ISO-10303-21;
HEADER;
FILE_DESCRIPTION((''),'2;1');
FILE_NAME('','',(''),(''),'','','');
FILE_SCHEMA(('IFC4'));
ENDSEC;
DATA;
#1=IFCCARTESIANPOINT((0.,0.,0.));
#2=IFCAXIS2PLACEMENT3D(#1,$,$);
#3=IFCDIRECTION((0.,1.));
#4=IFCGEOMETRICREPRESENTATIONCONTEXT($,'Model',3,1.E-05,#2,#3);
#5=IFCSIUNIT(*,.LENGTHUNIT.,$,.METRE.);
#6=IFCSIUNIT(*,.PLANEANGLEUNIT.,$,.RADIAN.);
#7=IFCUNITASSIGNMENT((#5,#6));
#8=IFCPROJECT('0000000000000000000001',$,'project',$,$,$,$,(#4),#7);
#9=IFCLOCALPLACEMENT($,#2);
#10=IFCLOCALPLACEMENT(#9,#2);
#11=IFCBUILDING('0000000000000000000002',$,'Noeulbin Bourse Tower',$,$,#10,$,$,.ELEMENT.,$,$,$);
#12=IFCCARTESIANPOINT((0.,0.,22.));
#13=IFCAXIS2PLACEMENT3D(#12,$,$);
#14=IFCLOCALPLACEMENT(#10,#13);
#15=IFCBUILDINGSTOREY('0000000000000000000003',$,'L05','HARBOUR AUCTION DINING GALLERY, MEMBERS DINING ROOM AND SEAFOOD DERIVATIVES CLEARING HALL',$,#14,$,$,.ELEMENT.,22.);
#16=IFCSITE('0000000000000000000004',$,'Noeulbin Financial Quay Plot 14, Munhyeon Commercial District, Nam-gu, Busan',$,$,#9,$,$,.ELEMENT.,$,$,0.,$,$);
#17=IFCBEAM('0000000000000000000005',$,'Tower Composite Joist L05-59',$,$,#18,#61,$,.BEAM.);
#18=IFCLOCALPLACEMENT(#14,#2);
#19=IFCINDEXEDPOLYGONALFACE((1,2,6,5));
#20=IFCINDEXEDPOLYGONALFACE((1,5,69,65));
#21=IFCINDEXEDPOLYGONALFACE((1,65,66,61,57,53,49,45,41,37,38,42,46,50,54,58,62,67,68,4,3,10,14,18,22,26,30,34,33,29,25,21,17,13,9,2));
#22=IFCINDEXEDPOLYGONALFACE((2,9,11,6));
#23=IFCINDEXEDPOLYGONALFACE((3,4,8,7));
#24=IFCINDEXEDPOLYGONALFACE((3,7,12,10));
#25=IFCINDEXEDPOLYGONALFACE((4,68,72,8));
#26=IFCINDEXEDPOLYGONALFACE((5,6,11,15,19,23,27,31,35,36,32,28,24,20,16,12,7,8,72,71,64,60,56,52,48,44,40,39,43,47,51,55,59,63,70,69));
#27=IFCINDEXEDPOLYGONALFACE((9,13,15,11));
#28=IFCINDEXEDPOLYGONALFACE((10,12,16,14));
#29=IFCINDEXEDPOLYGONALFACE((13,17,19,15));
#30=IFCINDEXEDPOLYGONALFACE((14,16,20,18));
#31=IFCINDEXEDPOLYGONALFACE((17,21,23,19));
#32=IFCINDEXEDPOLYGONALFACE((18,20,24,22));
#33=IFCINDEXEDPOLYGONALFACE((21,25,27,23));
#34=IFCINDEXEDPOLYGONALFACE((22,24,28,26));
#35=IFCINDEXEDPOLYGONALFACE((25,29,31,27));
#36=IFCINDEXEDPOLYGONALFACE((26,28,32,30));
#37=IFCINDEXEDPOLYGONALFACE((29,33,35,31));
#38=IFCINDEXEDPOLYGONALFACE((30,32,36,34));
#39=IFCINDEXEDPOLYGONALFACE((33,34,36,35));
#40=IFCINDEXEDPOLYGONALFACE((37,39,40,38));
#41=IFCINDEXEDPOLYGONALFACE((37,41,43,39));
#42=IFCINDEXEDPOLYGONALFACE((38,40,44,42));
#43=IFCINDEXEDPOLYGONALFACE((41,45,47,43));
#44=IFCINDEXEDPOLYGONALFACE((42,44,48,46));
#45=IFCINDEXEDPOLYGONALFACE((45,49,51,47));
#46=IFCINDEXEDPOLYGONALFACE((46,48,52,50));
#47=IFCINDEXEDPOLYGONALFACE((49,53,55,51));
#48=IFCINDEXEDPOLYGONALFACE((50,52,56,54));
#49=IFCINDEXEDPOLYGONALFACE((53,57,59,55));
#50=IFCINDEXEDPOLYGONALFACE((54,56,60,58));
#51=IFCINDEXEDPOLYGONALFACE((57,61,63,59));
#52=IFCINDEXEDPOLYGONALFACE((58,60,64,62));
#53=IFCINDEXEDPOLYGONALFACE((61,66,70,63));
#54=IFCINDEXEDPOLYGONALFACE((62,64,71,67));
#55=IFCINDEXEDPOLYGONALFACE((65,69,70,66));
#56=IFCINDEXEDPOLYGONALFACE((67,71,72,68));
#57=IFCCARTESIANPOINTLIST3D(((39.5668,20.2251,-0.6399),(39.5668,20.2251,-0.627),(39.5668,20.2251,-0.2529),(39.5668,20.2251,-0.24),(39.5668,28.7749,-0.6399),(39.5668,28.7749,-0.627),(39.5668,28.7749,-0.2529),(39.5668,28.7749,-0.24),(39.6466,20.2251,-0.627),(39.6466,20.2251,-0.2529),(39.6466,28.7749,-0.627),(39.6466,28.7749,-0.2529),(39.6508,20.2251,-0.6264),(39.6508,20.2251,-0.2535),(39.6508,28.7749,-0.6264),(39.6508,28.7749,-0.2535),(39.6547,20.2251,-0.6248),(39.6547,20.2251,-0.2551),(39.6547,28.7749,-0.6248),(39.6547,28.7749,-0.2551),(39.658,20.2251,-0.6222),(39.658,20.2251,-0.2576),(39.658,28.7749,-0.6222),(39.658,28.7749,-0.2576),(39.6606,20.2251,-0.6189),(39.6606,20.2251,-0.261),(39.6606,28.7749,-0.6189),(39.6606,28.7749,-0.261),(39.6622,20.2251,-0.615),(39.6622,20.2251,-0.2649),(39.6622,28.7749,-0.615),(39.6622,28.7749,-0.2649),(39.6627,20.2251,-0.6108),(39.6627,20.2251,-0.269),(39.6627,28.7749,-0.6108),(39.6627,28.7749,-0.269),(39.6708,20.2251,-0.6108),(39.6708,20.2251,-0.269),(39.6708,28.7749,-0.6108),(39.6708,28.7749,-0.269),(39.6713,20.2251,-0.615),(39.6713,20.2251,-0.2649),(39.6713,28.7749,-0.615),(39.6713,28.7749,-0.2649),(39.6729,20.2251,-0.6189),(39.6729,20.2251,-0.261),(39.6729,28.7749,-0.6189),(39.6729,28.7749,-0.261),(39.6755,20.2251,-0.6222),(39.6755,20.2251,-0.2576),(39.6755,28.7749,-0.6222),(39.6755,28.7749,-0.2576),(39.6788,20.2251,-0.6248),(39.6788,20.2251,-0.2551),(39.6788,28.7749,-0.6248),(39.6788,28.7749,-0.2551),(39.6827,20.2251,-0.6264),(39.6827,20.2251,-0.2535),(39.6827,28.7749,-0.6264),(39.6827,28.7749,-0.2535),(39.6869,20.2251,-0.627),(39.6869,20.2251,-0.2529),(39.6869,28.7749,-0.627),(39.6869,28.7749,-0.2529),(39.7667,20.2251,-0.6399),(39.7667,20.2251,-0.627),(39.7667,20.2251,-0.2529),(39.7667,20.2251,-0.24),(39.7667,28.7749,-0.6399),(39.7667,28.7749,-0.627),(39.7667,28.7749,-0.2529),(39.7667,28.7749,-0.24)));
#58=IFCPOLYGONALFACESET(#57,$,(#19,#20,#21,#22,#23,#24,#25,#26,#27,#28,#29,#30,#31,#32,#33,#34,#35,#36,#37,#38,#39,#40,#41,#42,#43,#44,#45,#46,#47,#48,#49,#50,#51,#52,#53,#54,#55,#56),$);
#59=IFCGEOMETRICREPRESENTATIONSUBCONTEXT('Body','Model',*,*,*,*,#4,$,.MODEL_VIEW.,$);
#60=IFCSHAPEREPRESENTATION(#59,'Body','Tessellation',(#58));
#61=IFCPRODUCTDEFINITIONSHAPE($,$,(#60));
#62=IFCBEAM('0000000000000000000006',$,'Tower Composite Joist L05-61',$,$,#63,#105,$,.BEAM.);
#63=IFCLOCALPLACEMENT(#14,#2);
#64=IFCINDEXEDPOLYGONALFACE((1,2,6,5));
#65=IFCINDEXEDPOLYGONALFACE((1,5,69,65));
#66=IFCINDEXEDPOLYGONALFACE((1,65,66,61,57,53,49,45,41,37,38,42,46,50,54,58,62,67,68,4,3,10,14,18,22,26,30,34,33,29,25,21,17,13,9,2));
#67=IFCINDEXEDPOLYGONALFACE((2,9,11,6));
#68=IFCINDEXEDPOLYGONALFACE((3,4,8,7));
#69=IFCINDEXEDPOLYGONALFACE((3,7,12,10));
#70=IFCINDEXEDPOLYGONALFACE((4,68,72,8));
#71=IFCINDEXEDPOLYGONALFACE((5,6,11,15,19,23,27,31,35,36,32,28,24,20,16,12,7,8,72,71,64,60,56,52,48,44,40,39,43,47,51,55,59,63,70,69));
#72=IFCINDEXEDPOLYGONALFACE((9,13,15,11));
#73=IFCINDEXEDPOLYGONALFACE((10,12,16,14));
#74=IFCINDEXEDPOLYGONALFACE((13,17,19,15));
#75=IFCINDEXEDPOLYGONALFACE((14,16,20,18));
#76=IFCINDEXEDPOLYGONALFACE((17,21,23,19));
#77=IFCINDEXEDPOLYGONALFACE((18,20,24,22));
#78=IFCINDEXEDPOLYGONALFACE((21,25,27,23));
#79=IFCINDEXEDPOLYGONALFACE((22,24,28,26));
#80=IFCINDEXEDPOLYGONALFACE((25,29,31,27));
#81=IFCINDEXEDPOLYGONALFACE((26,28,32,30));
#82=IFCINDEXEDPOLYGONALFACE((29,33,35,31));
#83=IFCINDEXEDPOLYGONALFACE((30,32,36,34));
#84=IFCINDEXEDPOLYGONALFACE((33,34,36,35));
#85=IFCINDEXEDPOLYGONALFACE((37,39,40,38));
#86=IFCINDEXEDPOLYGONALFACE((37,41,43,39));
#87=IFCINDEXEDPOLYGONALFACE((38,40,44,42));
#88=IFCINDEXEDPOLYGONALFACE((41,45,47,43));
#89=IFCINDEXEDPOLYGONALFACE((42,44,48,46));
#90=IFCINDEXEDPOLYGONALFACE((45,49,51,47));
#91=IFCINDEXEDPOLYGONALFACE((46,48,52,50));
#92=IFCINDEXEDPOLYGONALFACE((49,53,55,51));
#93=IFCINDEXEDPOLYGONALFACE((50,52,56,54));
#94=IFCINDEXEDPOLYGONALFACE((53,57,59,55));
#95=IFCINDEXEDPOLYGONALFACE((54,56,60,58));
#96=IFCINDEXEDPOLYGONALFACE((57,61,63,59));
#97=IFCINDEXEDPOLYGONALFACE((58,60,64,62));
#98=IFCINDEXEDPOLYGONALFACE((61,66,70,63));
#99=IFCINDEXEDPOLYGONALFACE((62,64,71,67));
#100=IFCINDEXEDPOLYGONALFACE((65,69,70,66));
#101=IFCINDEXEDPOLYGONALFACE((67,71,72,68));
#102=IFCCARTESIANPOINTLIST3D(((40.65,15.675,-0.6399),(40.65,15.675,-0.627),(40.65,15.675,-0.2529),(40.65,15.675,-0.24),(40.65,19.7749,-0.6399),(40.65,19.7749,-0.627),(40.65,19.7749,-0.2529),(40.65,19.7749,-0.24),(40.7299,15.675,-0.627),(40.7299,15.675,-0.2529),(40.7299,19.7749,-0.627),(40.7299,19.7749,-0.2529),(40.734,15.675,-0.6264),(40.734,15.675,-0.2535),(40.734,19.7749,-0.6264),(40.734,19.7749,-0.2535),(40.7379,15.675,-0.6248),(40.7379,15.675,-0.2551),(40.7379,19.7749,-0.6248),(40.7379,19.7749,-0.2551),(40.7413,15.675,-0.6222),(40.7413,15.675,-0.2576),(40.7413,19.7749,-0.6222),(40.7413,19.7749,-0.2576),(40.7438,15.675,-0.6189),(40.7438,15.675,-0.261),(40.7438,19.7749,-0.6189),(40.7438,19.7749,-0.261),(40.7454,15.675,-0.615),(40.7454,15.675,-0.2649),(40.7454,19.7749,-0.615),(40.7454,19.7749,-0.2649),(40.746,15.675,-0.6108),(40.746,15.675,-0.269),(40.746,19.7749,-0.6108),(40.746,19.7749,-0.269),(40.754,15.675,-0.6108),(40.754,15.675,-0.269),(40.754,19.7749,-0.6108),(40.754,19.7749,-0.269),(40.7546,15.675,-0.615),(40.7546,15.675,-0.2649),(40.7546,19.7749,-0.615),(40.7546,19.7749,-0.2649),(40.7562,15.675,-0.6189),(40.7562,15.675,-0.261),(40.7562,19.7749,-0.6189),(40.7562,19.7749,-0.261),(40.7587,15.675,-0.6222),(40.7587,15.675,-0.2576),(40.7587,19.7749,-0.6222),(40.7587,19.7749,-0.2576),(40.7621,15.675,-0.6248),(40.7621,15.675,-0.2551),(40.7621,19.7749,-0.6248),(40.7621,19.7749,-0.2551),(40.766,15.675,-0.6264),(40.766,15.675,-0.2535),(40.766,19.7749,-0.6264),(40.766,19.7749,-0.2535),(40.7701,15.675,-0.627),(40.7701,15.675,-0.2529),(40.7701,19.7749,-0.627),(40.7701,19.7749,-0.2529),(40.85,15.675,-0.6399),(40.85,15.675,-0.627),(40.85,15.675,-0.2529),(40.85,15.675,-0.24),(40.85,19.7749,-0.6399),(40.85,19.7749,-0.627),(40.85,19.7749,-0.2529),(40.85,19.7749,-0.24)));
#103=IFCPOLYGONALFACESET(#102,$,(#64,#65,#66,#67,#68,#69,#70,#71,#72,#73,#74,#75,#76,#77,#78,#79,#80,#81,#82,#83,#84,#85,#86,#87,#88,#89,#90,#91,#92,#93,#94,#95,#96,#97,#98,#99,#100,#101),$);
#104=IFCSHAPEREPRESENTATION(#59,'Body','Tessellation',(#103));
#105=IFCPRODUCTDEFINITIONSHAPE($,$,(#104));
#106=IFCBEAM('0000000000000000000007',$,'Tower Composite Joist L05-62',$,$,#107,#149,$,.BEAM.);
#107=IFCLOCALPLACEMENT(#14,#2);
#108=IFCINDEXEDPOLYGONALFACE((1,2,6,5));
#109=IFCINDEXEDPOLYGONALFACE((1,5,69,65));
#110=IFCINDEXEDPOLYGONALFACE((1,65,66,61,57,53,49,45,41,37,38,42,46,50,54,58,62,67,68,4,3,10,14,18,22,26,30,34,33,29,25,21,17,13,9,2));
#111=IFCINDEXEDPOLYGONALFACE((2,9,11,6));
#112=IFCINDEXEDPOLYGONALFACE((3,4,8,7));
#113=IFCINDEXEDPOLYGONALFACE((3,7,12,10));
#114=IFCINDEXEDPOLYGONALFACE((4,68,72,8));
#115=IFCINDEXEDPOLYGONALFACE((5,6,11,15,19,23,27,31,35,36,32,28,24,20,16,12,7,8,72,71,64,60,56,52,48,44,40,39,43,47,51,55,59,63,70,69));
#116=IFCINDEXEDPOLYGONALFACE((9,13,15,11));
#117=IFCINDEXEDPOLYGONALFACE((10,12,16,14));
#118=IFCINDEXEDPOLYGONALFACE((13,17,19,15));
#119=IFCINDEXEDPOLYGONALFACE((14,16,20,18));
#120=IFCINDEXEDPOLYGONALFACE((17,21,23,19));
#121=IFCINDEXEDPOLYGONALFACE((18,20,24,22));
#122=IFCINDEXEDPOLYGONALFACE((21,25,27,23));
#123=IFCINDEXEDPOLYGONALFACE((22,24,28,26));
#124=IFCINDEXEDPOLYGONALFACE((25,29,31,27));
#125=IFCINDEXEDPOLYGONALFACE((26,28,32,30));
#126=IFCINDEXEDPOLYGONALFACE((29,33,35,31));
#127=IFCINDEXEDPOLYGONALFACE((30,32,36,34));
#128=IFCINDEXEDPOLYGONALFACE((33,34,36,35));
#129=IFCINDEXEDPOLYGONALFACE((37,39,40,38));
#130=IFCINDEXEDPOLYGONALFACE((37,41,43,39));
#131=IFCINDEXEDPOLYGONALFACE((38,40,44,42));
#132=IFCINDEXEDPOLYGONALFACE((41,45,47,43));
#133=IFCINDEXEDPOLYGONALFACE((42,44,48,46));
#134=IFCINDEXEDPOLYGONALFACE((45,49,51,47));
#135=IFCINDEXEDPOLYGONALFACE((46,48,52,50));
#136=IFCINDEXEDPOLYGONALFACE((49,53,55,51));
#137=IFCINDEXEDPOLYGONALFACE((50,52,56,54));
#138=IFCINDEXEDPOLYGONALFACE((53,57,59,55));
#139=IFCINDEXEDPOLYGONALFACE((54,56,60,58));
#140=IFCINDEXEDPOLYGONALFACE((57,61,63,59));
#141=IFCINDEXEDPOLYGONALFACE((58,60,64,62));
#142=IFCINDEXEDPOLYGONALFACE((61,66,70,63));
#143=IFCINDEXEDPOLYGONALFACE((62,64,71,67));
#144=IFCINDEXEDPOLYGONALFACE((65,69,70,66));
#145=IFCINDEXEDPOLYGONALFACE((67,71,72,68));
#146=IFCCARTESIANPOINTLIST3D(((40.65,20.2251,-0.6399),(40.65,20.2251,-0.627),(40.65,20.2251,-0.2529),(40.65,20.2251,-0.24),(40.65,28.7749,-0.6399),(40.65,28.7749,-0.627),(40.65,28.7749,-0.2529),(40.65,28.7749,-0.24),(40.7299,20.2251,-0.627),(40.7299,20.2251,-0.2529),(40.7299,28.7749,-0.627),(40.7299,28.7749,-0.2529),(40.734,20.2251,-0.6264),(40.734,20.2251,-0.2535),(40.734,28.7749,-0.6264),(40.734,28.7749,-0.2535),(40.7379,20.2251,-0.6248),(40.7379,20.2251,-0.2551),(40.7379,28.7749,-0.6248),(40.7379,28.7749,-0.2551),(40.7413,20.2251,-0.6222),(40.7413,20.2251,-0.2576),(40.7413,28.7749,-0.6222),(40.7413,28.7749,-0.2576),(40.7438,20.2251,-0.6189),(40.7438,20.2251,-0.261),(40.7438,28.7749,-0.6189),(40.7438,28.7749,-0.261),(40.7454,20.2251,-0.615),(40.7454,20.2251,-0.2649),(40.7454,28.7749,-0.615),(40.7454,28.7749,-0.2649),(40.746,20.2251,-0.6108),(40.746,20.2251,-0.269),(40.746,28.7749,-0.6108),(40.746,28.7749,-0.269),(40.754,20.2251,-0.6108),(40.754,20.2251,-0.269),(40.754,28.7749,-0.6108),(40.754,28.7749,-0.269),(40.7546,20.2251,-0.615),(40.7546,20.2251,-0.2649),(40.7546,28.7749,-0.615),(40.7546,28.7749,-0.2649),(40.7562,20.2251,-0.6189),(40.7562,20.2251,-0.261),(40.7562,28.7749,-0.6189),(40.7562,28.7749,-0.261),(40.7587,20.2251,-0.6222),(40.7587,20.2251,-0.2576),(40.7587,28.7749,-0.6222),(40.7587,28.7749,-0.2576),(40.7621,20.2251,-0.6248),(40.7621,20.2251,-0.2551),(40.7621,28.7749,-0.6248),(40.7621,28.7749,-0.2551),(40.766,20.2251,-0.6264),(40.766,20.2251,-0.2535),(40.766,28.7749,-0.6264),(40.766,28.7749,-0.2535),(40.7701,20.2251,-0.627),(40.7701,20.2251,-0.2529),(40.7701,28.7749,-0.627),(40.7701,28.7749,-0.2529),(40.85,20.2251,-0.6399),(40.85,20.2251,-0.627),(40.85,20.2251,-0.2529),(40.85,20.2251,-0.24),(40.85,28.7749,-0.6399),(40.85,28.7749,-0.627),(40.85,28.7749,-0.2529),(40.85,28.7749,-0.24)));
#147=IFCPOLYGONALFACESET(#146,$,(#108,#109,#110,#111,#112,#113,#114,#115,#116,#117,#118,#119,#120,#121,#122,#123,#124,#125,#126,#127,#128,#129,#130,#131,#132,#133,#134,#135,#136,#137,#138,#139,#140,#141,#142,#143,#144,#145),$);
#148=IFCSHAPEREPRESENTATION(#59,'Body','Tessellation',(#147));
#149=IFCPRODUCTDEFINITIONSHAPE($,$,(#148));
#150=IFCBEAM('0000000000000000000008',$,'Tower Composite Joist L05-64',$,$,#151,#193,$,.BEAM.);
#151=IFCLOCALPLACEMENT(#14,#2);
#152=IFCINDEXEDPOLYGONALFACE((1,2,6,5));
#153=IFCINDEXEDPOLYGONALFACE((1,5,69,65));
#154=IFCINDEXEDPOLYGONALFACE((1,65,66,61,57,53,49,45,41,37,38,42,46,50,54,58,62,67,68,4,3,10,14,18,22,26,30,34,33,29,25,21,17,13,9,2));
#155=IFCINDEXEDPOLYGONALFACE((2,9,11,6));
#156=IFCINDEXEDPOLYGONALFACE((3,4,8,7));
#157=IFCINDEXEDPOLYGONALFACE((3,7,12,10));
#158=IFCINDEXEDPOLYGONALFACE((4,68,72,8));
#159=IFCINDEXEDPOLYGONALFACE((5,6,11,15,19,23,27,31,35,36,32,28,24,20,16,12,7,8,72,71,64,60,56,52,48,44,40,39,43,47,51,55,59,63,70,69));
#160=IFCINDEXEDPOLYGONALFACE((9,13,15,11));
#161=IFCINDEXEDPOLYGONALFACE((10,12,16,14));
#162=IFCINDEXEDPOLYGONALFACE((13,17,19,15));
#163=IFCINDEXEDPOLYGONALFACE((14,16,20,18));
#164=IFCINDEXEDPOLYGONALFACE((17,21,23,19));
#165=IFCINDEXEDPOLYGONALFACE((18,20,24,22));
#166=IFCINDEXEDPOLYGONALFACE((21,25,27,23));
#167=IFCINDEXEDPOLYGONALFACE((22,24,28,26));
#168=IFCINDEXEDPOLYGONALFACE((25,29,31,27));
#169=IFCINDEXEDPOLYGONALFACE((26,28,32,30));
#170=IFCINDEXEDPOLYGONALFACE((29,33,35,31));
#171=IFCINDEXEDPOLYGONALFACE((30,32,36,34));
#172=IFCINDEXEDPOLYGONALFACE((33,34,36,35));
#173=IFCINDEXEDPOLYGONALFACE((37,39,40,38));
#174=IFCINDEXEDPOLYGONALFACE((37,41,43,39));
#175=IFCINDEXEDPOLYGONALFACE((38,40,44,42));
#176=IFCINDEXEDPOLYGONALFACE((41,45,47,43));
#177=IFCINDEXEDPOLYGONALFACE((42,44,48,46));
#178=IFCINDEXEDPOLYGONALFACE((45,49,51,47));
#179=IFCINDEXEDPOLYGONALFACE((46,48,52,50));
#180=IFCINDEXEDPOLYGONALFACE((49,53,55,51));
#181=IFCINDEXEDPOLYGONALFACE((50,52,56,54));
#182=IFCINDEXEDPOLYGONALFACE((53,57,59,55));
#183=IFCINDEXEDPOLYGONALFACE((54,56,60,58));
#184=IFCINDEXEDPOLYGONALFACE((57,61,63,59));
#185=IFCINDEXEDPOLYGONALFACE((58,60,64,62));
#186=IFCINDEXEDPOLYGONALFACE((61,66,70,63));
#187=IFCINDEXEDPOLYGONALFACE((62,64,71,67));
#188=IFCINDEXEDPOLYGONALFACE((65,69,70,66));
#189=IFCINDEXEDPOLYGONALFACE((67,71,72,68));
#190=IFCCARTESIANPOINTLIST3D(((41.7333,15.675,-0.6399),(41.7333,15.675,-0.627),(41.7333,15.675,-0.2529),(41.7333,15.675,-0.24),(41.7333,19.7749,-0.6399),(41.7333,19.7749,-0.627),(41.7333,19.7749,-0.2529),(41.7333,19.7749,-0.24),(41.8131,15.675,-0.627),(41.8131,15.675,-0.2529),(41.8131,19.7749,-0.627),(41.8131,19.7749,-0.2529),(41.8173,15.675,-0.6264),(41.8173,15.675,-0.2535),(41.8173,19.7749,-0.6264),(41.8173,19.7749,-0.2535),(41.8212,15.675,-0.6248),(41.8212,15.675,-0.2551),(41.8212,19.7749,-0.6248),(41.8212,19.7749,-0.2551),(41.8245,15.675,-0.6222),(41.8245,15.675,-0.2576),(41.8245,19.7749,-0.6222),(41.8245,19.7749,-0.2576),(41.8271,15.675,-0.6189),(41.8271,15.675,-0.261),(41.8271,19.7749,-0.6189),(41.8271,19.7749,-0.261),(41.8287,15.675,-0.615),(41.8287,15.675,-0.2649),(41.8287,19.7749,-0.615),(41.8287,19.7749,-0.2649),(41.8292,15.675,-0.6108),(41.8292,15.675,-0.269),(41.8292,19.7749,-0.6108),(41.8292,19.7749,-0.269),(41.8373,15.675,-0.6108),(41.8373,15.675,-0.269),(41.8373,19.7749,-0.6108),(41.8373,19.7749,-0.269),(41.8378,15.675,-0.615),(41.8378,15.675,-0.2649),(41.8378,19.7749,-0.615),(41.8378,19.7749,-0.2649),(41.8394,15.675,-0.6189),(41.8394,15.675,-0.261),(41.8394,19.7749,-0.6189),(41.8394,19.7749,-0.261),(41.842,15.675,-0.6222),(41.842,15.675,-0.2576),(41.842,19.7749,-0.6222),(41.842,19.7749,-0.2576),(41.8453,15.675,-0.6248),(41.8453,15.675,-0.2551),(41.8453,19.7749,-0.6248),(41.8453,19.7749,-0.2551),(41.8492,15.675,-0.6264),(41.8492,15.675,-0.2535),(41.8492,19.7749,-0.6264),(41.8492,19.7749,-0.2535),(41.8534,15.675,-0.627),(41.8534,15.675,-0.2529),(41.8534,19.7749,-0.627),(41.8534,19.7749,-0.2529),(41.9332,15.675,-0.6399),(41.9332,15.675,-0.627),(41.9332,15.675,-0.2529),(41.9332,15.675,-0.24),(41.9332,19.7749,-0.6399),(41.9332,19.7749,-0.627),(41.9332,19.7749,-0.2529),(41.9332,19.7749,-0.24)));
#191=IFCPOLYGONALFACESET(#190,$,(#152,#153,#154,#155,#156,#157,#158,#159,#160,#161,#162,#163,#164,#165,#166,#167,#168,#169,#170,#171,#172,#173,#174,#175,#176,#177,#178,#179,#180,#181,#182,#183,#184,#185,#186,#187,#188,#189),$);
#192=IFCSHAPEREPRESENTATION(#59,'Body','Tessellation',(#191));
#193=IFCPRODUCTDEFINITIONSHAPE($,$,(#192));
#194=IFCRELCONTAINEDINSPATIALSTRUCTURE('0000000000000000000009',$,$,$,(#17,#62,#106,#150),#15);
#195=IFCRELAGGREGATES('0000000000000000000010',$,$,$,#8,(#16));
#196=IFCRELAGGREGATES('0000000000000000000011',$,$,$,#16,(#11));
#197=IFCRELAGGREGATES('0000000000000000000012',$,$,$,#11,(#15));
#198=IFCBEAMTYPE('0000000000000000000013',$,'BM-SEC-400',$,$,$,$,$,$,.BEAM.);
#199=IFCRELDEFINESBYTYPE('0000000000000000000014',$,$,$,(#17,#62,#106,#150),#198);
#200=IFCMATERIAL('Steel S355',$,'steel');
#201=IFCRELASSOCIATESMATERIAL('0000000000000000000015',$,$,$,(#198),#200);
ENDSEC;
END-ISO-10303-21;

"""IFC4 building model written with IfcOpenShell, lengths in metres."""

from ifc_helpers import new_model, si_unit, direction, frame, origin, origin_2d, place, context, subcontext, project, spatial, i_section, extrude, material, material_profile, profile_set, type_object, element, save


model = new_model("IFC4")

# Units and contexts
model_context = context("Model", 3, precision=1e-05, world=origin(), true_north=direction((0.0, 1.0)))
body_context = subcontext(model_context, "Body", "Model", "MODEL_VIEW")
ifc_project = project(units=[si_unit("LENGTHUNIT", "METRE"), si_unit("PLANEANGLEUNIT", "RADIAN")], contexts=[model_context])

# Site, building, storey
site_placement = place(None, origin())
site = spatial("IfcSite", under=ifc_project, at=site_placement, Name="Noeulbin Financial Quay Plot 14, Munhyeon Commercial District, Nam-gu, Busan", CompositionType="ELEMENT", RefElevation=0.0)
building_placement = place(site_placement, origin())
building = spatial("IfcBuilding", under=site, at=building_placement, Name="Noeulbin Bourse Tower", CompositionType="ELEMENT")
storey_placement = place(building_placement, frame((0.0, 0.0, 22.0)))
storey = spatial("IfcBuildingStorey", under=building, at=storey_placement, Name="L05", Description="HARBOUR AUCTION DINING GALLERY, MEMBERS DINING ROOM AND SEAFOOD DERIVATIVES CLEARING HALL", CompositionType="ELEMENT", Elevation=22.0)

# Beams
ifc_material_1 = material(Name="Steel S355", Category="steel")
ifc_material_profile_1 = material_profile(ifc_material_1, i_section(OverallWidth=0.2, OverallDepth=0.3999, WebThickness=0.0081, FlangeThickness=0.0129, FilletRadius=0.0161, at=origin_2d()), Name="H-400x200x8x13", Category="LoadBearing")
ifc_profile_set_1 = profile_set([ifc_material_profile_1], Name="Steel S355")
beam_type_1 = type_object("IfcBeamType", Name="BM-SEC-400", PredefinedType="BEAM", material=ifc_profile_set_1)
beam_1_placement = place(storey_placement, frame((39.6667, 20.2251, -0.4399), z_axis=(0.0, 1.0, 0.0), x_axis=(-1.0, 0.0, 0.0)))
element("IfcBeam", 1, at=beam_1_placement, inside=storey, type_object=beam_type_1, Name="Tower Composite Joist L05-59", PredefinedType="BEAM", context=body_context, shape_type="SweptSolid", body=[
    extrude(i_section(OverallWidth=0.2, OverallDepth=0.3999, WebThickness=0.0081, FlangeThickness=0.0129, FilletRadius=0.0161, at=origin_2d()), origin(), (0.0, 0.0, 1.0), 8.5498),
])
beam_2_placement = place(storey_placement, frame((40.75, 15.675, -0.4399), z_axis=(0.0, 1.0, 0.0), x_axis=(-1.0, 0.0, 0.0)))
element("IfcBeam", 2, at=beam_2_placement, inside=storey, type_object=beam_type_1, Name="Tower Composite Joist L05-61", PredefinedType="BEAM", context=body_context, shape_type="SweptSolid", body=[
    extrude(i_section(OverallWidth=0.2, OverallDepth=0.3999, WebThickness=0.0081, FlangeThickness=0.0129, FilletRadius=0.0161, at=origin_2d()), origin(), (0.0, 0.0, 1.0), 4.0999),
])
beam_3_placement = place(storey_placement, frame((40.75, 20.2251, -0.4399), z_axis=(0.0, 1.0, 0.0), x_axis=(-1.0, 0.0, 0.0)))
element("IfcBeam", 3, at=beam_3_placement, inside=storey, type_object=beam_type_1, Name="Tower Composite Joist L05-62", PredefinedType="BEAM", context=body_context, shape_type="SweptSolid", body=[
    extrude(i_section(OverallWidth=0.2, OverallDepth=0.3999, WebThickness=0.0081, FlangeThickness=0.0129, FilletRadius=0.0161, at=origin_2d()), origin(), (0.0, 0.0, 1.0), 8.5498),
])
beam_4_placement = place(storey_placement, frame((41.8333, 15.675, -0.4399), z_axis=(0.0, 1.0, 0.0), x_axis=(-1.0, 0.0, 0.0)))
element("IfcBeam", 4, at=beam_4_placement, inside=storey, type_object=beam_type_1, Name="Tower Composite Joist L05-64", PredefinedType="BEAM", context=body_context, shape_type="SweptSolid", body=[
    extrude(i_section(OverallWidth=0.2, OverallDepth=0.3999, WebThickness=0.0081, FlangeThickness=0.0129, FilletRadius=0.0161, at=origin_2d()), origin(), (0.0, 0.0, 1.0), 4.0999),
])

save(model, "model.ifc")
